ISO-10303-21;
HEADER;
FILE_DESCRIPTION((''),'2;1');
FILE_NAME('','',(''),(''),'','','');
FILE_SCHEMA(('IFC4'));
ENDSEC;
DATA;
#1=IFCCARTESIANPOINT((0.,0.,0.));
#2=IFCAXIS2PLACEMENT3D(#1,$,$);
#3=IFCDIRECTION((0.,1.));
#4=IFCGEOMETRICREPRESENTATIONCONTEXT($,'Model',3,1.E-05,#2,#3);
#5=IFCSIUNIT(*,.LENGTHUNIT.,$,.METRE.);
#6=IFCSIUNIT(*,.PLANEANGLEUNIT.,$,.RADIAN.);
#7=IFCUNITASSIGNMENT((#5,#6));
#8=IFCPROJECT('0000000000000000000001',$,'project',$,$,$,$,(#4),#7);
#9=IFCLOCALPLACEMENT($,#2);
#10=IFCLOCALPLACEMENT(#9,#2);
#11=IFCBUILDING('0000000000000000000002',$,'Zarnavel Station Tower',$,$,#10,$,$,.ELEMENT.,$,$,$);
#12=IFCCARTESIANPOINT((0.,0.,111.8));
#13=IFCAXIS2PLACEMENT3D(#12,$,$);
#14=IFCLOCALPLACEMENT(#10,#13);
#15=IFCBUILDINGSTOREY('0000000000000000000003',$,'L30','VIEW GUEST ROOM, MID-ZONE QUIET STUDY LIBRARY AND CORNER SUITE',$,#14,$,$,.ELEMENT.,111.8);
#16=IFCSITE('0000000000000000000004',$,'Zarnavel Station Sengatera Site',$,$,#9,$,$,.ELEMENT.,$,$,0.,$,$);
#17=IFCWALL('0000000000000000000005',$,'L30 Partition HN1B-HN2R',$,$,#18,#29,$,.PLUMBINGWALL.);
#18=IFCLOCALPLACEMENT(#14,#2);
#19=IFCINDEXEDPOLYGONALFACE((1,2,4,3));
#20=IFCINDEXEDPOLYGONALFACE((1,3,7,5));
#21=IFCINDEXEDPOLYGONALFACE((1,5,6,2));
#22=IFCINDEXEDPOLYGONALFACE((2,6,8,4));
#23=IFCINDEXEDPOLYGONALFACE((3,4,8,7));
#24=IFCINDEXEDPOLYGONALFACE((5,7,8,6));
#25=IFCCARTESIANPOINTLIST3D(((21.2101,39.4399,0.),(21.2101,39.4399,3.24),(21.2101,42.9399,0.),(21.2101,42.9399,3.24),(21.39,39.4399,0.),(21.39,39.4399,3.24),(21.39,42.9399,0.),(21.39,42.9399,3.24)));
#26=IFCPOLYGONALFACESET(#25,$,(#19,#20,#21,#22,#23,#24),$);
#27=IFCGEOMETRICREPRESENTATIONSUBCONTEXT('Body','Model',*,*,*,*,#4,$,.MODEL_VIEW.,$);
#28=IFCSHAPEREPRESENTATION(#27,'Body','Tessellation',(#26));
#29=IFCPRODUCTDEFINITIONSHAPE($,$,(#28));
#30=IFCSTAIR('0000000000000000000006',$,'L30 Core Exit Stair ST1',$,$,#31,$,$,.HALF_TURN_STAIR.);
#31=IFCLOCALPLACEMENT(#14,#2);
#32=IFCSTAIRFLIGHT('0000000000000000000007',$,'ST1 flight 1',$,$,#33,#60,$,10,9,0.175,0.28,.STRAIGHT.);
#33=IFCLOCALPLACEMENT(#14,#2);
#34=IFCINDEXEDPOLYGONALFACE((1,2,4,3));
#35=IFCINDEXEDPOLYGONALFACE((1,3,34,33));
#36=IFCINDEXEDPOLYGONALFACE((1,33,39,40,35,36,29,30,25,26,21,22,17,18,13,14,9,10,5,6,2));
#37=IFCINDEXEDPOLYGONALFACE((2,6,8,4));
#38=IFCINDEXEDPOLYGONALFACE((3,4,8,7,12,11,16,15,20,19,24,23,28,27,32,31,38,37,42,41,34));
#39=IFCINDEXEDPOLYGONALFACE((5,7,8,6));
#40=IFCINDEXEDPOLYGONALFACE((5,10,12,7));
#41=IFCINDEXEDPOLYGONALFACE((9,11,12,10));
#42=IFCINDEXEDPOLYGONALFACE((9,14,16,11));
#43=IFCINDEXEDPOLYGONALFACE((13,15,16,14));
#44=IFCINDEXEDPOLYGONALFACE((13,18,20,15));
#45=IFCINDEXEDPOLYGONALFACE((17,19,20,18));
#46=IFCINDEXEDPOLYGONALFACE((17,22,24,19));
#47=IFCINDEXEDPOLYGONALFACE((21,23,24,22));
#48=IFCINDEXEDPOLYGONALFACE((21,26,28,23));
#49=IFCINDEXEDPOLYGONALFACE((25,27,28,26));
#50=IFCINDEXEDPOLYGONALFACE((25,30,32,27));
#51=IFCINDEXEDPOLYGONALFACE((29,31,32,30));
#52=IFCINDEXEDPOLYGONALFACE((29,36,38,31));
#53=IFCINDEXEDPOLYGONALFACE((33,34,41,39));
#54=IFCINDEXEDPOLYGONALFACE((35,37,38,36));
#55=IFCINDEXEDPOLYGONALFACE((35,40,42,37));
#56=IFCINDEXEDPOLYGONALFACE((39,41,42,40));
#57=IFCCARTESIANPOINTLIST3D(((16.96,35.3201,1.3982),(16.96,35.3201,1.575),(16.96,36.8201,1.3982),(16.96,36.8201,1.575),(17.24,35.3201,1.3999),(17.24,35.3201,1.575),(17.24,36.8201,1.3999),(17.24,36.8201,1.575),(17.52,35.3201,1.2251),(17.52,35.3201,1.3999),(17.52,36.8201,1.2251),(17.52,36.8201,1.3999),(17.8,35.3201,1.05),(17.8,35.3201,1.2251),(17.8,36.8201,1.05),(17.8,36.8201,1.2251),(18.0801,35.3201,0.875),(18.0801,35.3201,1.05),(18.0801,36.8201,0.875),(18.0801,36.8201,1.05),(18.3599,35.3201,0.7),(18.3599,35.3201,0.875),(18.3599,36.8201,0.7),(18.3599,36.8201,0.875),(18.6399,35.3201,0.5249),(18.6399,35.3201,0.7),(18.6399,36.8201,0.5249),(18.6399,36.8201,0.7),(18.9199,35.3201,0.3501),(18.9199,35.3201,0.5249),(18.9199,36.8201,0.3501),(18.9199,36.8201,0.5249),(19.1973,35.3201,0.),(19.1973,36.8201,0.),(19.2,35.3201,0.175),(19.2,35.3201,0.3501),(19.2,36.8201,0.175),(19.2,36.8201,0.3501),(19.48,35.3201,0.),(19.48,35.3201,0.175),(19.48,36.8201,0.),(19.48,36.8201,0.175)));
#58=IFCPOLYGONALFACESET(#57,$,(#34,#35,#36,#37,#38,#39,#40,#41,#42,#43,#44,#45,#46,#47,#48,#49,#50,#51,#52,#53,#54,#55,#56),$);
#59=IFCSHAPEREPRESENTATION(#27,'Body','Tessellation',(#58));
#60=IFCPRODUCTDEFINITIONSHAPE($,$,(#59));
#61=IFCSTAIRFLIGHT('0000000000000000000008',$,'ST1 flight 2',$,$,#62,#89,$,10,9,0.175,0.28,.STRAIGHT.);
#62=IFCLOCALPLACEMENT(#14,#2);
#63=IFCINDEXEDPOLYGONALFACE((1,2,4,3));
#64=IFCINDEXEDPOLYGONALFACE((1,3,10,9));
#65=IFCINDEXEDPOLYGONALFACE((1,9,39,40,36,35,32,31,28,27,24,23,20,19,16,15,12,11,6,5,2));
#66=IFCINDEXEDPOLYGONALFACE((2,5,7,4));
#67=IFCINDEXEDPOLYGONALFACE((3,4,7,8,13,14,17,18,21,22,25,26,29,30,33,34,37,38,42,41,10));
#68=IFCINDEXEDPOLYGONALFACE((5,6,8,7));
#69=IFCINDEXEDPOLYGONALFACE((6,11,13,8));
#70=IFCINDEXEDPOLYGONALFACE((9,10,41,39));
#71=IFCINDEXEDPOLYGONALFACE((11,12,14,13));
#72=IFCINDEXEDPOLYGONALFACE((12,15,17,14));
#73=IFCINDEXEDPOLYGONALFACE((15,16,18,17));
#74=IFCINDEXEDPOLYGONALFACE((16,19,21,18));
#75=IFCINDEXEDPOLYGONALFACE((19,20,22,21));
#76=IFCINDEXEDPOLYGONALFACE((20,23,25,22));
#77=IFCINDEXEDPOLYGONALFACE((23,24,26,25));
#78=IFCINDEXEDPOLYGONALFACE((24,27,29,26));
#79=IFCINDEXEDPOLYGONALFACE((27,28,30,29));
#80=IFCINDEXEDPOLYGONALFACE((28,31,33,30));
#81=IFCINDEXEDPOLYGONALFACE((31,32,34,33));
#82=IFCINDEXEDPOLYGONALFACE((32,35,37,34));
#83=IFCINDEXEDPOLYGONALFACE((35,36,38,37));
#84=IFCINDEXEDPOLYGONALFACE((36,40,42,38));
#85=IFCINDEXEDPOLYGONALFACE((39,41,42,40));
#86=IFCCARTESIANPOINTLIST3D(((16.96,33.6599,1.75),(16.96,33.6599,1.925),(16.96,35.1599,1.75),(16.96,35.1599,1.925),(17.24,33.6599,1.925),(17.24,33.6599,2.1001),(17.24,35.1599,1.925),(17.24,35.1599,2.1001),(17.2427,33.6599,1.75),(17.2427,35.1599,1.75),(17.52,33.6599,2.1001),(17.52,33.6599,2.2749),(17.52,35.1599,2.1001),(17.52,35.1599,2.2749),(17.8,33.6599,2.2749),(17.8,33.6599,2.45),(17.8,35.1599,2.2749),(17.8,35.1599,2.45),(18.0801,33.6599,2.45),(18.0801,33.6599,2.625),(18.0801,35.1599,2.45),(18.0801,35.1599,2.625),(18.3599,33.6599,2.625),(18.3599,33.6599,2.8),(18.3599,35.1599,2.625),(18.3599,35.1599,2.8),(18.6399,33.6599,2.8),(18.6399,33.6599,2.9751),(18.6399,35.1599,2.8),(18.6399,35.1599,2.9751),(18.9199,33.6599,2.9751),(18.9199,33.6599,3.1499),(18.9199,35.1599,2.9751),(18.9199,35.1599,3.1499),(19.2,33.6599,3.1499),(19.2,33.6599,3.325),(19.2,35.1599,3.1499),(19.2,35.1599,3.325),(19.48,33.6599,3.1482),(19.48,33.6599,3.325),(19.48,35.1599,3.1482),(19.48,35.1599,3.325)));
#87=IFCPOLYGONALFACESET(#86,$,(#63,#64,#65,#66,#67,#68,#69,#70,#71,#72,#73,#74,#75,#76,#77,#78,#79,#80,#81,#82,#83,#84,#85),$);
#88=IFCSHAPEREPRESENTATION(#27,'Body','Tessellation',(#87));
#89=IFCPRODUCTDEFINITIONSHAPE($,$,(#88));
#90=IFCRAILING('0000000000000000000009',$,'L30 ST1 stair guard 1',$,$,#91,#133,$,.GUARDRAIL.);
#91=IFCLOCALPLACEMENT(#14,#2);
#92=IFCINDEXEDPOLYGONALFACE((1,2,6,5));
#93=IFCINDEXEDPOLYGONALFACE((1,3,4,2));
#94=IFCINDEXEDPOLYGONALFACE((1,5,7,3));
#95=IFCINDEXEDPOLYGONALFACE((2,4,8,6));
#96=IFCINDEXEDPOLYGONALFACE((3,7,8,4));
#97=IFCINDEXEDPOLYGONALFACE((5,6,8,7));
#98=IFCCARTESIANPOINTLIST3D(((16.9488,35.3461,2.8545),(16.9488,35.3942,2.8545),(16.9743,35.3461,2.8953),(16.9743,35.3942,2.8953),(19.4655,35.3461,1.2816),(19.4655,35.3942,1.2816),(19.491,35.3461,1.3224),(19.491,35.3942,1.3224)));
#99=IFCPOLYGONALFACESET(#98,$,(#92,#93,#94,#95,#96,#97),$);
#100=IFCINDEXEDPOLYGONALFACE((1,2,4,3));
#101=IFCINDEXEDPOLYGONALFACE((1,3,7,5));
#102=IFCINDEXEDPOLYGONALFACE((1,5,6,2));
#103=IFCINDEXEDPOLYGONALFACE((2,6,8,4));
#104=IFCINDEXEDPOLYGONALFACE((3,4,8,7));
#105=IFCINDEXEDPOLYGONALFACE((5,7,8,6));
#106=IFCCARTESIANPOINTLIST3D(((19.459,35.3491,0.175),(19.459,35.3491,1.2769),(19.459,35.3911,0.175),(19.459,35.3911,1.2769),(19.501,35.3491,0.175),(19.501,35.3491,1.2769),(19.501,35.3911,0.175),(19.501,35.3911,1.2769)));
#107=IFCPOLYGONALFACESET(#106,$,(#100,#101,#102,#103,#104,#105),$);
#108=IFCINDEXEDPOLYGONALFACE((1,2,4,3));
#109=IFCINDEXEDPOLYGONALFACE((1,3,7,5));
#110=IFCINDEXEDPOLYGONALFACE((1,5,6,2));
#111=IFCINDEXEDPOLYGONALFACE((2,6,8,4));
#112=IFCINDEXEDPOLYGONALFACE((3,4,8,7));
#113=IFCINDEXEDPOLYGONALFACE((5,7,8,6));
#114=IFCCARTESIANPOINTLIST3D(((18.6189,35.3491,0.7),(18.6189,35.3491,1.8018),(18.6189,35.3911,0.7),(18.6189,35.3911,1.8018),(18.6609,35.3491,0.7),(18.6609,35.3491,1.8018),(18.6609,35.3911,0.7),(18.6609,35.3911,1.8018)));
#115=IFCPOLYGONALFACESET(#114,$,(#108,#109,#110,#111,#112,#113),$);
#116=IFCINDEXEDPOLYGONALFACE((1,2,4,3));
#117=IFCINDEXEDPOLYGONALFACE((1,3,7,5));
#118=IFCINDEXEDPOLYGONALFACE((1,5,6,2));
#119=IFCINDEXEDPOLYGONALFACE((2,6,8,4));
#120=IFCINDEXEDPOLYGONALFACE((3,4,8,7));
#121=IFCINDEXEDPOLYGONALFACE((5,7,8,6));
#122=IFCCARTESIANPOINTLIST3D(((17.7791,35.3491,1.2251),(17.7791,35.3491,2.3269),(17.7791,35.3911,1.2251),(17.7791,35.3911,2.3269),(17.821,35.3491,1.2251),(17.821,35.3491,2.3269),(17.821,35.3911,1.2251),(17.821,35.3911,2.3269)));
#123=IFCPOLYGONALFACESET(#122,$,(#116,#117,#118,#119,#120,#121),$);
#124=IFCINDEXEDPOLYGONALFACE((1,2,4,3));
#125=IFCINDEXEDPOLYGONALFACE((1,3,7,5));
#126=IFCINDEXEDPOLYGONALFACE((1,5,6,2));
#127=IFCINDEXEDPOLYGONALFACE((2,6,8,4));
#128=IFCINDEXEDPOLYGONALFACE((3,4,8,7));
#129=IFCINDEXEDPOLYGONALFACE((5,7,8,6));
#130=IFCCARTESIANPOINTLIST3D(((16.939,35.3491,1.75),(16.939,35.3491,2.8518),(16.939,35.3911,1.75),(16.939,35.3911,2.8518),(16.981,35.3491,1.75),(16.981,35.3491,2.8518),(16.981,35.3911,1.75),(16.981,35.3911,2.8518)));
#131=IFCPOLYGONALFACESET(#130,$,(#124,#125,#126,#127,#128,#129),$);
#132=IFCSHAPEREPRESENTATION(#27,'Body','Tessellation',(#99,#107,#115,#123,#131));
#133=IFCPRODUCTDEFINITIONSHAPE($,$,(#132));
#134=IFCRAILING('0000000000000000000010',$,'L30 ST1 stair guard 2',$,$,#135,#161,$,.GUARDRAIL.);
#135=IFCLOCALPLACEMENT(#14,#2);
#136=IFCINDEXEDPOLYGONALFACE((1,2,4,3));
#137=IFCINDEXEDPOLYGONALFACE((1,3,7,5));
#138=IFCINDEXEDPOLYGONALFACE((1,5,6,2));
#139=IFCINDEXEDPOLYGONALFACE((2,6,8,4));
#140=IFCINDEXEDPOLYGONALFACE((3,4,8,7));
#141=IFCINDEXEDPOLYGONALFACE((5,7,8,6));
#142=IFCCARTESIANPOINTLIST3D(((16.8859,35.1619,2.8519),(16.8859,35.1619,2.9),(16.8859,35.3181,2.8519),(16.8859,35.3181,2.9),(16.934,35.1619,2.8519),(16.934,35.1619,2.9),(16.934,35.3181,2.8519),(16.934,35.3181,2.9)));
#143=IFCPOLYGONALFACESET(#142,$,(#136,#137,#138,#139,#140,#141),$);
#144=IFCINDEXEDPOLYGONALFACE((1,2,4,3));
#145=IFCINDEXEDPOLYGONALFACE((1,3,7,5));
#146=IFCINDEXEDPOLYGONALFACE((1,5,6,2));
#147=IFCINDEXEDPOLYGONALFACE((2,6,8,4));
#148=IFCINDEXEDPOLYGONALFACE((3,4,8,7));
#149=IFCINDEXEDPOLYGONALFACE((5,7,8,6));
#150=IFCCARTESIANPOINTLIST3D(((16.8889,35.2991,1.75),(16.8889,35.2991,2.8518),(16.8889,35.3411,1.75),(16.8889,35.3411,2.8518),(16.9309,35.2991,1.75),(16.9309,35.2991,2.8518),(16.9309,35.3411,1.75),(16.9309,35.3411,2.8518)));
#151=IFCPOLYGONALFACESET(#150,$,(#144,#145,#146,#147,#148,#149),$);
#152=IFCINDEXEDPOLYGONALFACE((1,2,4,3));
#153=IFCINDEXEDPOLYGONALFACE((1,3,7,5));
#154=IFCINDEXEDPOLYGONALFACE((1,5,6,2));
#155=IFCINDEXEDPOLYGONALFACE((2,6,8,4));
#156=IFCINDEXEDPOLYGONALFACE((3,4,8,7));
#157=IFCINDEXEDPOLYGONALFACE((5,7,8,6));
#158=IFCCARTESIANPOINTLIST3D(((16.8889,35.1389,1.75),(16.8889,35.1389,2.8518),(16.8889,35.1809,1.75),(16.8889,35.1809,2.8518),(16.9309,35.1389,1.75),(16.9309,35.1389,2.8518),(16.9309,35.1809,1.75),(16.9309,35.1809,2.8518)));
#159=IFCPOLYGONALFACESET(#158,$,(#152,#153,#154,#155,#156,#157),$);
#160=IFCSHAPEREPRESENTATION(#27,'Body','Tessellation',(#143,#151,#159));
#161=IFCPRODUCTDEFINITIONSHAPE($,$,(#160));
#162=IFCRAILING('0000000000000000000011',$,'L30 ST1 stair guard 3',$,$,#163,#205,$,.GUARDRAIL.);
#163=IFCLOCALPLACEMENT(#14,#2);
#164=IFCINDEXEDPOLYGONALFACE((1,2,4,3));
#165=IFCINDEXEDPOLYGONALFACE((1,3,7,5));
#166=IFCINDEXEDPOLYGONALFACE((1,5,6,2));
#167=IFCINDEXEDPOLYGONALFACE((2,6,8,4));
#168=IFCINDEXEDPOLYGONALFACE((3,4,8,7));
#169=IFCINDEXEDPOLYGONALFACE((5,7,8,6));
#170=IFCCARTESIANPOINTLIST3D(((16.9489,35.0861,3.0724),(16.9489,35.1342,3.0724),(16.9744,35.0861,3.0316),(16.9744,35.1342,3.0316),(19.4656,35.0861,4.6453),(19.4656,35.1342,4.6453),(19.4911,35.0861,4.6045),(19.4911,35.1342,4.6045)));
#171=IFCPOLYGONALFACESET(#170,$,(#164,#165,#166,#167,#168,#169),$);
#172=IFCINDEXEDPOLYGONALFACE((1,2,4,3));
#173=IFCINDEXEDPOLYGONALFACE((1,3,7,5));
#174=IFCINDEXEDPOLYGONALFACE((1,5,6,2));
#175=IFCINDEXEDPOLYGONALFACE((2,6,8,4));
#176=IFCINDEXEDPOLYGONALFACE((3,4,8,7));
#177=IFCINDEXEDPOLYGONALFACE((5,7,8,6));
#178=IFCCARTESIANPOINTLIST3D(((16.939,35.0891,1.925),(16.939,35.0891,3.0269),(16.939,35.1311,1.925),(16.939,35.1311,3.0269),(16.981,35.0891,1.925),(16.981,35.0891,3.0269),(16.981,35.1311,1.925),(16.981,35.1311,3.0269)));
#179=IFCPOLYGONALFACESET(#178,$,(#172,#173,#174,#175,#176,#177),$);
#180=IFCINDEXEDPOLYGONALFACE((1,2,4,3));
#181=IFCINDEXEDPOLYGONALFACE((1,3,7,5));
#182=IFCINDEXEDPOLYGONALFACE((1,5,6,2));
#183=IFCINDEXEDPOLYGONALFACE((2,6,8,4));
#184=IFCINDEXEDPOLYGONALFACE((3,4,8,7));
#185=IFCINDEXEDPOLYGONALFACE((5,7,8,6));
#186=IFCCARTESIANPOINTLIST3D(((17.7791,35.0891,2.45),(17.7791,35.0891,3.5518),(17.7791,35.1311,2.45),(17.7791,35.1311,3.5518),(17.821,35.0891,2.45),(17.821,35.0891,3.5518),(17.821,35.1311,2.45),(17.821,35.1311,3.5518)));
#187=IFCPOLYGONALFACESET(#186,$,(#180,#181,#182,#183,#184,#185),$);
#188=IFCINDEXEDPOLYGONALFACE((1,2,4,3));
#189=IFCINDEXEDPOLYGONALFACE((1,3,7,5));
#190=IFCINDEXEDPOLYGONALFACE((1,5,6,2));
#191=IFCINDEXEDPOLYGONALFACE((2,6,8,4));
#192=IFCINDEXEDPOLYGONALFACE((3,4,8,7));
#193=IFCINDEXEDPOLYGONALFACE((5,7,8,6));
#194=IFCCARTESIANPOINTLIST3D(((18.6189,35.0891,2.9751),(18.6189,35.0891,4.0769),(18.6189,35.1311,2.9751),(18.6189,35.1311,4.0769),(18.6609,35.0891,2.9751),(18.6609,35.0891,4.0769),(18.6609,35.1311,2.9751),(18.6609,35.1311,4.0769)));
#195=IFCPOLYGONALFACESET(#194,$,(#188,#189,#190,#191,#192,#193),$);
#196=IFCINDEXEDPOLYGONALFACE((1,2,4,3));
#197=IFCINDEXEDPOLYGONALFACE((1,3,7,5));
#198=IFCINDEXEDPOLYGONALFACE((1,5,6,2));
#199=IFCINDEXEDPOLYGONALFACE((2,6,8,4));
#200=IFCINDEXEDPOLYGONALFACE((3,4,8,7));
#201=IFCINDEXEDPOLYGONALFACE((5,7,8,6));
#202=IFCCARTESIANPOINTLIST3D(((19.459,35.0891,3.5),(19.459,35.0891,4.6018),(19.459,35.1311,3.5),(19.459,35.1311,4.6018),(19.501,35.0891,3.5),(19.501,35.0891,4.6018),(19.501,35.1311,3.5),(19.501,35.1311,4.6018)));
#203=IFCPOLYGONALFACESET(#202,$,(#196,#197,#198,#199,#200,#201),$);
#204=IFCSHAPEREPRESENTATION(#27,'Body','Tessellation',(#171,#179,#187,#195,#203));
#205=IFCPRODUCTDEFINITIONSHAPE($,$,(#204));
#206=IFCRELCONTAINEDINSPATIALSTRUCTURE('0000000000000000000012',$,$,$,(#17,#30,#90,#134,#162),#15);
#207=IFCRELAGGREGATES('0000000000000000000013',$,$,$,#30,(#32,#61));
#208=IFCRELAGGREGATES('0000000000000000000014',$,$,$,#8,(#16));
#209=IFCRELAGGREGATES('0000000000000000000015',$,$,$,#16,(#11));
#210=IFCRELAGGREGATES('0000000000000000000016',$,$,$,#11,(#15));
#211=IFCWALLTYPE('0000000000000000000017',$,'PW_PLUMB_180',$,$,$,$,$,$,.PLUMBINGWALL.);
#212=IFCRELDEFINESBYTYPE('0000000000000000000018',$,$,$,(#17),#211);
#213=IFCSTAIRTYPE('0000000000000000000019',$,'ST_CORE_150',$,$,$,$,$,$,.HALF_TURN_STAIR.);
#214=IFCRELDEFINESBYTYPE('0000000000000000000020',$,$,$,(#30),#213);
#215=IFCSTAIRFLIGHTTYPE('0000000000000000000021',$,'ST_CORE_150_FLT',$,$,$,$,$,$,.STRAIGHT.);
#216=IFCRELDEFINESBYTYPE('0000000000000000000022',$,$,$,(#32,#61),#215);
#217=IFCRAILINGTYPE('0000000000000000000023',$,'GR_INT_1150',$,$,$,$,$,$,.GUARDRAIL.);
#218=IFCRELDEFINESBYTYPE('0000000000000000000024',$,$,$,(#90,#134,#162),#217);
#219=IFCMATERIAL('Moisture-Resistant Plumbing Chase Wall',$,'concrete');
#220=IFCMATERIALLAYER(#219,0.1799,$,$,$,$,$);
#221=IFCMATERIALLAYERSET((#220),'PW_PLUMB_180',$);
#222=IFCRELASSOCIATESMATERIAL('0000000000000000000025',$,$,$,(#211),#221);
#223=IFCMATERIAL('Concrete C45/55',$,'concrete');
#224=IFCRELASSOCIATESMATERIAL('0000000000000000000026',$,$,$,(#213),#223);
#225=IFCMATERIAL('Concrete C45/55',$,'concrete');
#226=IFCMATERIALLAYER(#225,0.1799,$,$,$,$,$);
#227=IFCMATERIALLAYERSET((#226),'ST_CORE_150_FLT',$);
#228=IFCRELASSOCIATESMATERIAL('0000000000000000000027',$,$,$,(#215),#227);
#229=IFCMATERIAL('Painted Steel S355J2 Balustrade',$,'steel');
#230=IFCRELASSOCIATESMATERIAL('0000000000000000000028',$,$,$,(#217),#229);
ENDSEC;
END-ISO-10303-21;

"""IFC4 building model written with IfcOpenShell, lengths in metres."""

from ifc_helpers import new_model, si_unit, direction, frame, frame_2d, origin, origin_2d, place, context, subcontext, project, spatial, polyline, rectangle, outline, extrude, material, layer, layer_set, type_object, element, aggregate, save


model = new_model("IFC4")

# Units and contexts
model_context = context("Model", 3, precision=1e-05, world=origin(), true_north=direction((0.0, 1.0)))
body_context = subcontext(model_context, "Body", "Model", "MODEL_VIEW")
ifc_project = project(units=[si_unit("LENGTHUNIT", "METRE"), si_unit("PLANEANGLEUNIT", "RADIAN")], contexts=[model_context])

# Site, building, storey
site_placement = place(None, origin())
site = spatial("IfcSite", under=ifc_project, at=site_placement, Name="Zarnavel Station Sengatera Site", CompositionType="ELEMENT", RefElevation=0.0)
building_placement = place(site_placement, origin())
building = spatial("IfcBuilding", under=site, at=building_placement, Name="Zarnavel Station Tower", CompositionType="ELEMENT")
storey_placement = place(building_placement, frame((0.0, 0.0, 111.8)))
storey = spatial("IfcBuildingStorey", under=building, at=storey_placement, Name="L30", Description="VIEW GUEST ROOM, MID-ZONE QUIET STUDY LIBRARY AND CORNER SUITE", CompositionType="ELEMENT", Elevation=111.8)

# Shared definitions
ifc_material_1 = material(Name="Moisture-Resistant Plumbing Chase Wall", Category="concrete")
ifc_layer_1 = layer(ifc_material_1, 0.1799)
ifc_layer_set_1 = layer_set([ifc_layer_1], Name="PW_PLUMB_180")
wall_type_1 = type_object("IfcWallType", Name="PW_PLUMB_180", PredefinedType="PLUMBINGWALL", material=ifc_layer_set_1)

# Wall
wall_1_placement = place(storey_placement, frame((21.3, 39.4399, 0.0), z_axis=(0.0, 0.0, 1.0), x_axis=(0.0, 1.0, 0.0)))
element("IfcWall", 1, at=wall_1_placement, inside=storey, type_object=wall_type_1, Name="L30 Partition HN1B-HN2R", PredefinedType="PLUMBINGWALL", context=body_context, shape_type="SweptSolid", body=[
    extrude(rectangle(XDim=3.5, YDim=0.1799, at=frame_2d((1.75, 0.0))), origin(), (0.0, 0.0, 1.0), 3.24),
])

# Stair, stair flights
ifc_material_2 = material(Name="Concrete C45/55", Category="concrete")
stair_type = type_object("IfcStairType", Name="ST_CORE_150", PredefinedType="HALF_TURN_STAIR", material=ifc_material_2)
stair_placement = place(storey_placement, origin())
stair = element("IfcStair", 2, at=stair_placement, inside=storey, type_object=stair_type, Name="L30 Core Exit Stair ST1", PredefinedType="HALF_TURN_STAIR")
ifc_material_3 = material(Name="Concrete C45/55", Category="concrete")
ifc_layer_2 = layer(ifc_material_3, 0.1799)
ifc_layer_set_2 = layer_set([ifc_layer_2], Name="ST_CORE_150_FLT")
stair_flight_type = type_object("IfcStairFlightType", Name="ST_CORE_150_FLT", PredefinedType="STRAIGHT", material=ifc_layer_set_2)
stair_flight_1_placement = place(storey_placement, frame((19.48, 36.0701, 0.0), z_axis=(0.0, 0.0, 1.0), x_axis=(-1.0, 0.0, 0.0)))
stair_flight_1 = element("IfcStairFlight", 3, at=stair_flight_1_placement, type_object=stair_flight_type, Name="ST1 flight 1", NumberOfRisers=10, NumberOfTreads=9, PredefinedType="STRAIGHT", RiserHeight=0.175, TreadLength=0.28, context=body_context, shape_type="SweptSolid", body=[
    extrude(outline(polyline([(0.0, 0.0), (0.0, 0.175), (0.28, 0.175), (0.28, 0.3501), (0.5601, 0.3501), (0.5601, 0.5249), (0.8401, 0.5249), (0.8401, 0.7), (1.1201, 0.7), (1.1201, 0.875), (1.3999, 0.875), (1.3999, 1.05), (1.6799, 1.05), (1.6799, 1.2251), (1.96, 1.2251), (1.96, 1.3999), (2.24, 1.3999), (2.24, 1.575), (2.52, 1.575), (2.52, 1.75), (2.52, 1.3982), (0.2827, 0.0), (0.0, 0.0)])), frame((0.0, 0.75, 0.0), z_axis=(0.0, -1.0, 0.0), x_axis=(1.0, 0.0, 0.0)), (0.0, 0.0, 1.0), 1.5),
])
stair_flight_2_placement = place(storey_placement, frame((16.96, 34.4099, 1.75), z_axis=(0.0, 0.0, 1.0), x_axis=(1.0, 0.0, 0.0)))
stair_flight_2 = element("IfcStairFlight", 4, at=stair_flight_2_placement, type_object=stair_flight_type, Name="ST1 flight 2", NumberOfRisers=10, NumberOfTreads=9, PredefinedType="STRAIGHT", RiserHeight=0.175, TreadLength=0.28, context=body_context, shape_type="SweptSolid", body=[
    extrude(outline(polyline([(0.0, 0.0), (0.0, 0.175), (0.28, 0.175), (0.28, 0.3501), (0.5601, 0.3501), (0.5601, 0.5249), (0.8401, 0.5249), (0.8401, 0.7), (1.1201, 0.7), (1.1201, 0.875), (1.3999, 0.875), (1.3999, 1.05), (1.6799, 1.05), (1.6799, 1.2251), (1.96, 1.2251), (1.96, 1.3999), (2.24, 1.3999), (2.24, 1.575), (2.52, 1.575), (2.52, 1.75), (2.52, 1.3982), (0.2827, 0.0), (0.0, 0.0)])), frame((0.0, 0.75, 0.0), z_axis=(0.0, -1.0, 0.0), x_axis=(1.0, 0.0, 0.0)), (0.0, 0.0, 1.0), 1.5),
])
aggregate(stair, [stair_flight_1, stair_flight_2])

# Railings
ifc_material_4 = material(Name="Painted Steel S355J2 Balustrade", Category="steel")
railing_type_1 = type_object("IfcRailingType", Name="GR_INT_1150", PredefinedType="GUARDRAIL", material=ifc_material_4)
railing_1_placement = place(storey_placement, frame((19.48, 35.3701, 0.175)))
element("IfcRailing", 5, at=railing_1_placement, inside=storey, type_object=railing_type_1, Name="L30 ST1 stair guard 1", PredefinedType="GUARDRAIL", context=body_context, shape_type="SweptSolid", body=[
    extrude(rectangle(XDim=0.0481, YDim=0.0481, at=origin_2d()), frame((-0.0017, 0.0, 1.127), z_axis=(-0.848008, 0.0, 0.529984), x_axis=(0.0, -1.0, 0.0)), (0.0, 0.0, 1.0), 2.9678),
    extrude(rectangle(XDim=0.042, YDim=0.042, at=origin_2d()), origin(), (0.0, 0.0, 1.0), 1.1018),
    extrude(rectangle(XDim=0.042, YDim=0.042, at=origin_2d()), frame((-0.8401, 0.0, 0.5249)), (0.0, 0.0, 1.0), 1.1018),
    extrude(rectangle(XDim=0.042, YDim=0.042, at=origin_2d()), frame((-1.6799, 0.0, 1.05)), (0.0, 0.0, 1.0), 1.1018),
    extrude(rectangle(XDim=0.042, YDim=0.042, at=origin_2d()), frame((-2.52, 0.0, 1.575)), (0.0, 0.0, 1.0), 1.1018),
])
railing_2_placement = place(storey_placement, frame((16.9099, 35.3201, 1.75)))
element("IfcRailing", 6, at=railing_2_placement, inside=storey, type_object=railing_type_1, Name="L30 ST1 stair guard 2", PredefinedType="GUARDRAIL", context=body_context, shape_type="SweptSolid", body=[
    extrude(rectangle(XDim=0.0481, YDim=0.0481, at=origin_2d()), frame((0.0, -0.002, 1.126), z_axis=(0.0, -1.0, 0.0), x_axis=(1.0, 0.0, 0.0)), (0.0, 0.0, 1.0), 0.1562),
    extrude(rectangle(XDim=0.042, YDim=0.042, at=origin_2d()), origin(), (0.0, 0.0, 1.0), 1.1018),
    extrude(rectangle(XDim=0.042, YDim=0.042, at=origin_2d()), frame((0.0, -0.1602, 0.0)), (0.0, 0.0, 1.0), 1.1018),
])
railing_3_placement = place(storey_placement, frame((16.96, 35.1101, 1.925)))
element("IfcRailing", 7, at=railing_3_placement, inside=storey, type_object=railing_type_1, Name="L30 ST1 stair guard 3", PredefinedType="GUARDRAIL", context=body_context, shape_type="SweptSolid", body=[
    extrude(rectangle(XDim=0.0481, YDim=0.0481, at=origin_2d()), frame((0.0017, 0.0, 1.127), z_axis=(0.848008, 0.0, 0.529984), x_axis=(0.0, 1.0, 0.0)), (0.0, 0.0, 1.0), 2.9678),
    extrude(rectangle(XDim=0.042, YDim=0.042, at=origin_2d()), origin(), (0.0, 0.0, 1.0), 1.1018),
    extrude(rectangle(XDim=0.042, YDim=0.042, at=origin_2d()), frame((0.8401, 0.0, 0.5249)), (0.0, 0.0, 1.0), 1.1018),
    extrude(rectangle(XDim=0.042, YDim=0.042, at=origin_2d()), frame((1.6799, 0.0, 1.05)), (0.0, 0.0, 1.0), 1.1018),
    extrude(rectangle(XDim=0.042, YDim=0.042, at=origin_2d()), frame((2.52, 0.0, 1.575)), (0.0, 0.0, 1.0), 1.1018),
])

save(model, "model.ifc")
